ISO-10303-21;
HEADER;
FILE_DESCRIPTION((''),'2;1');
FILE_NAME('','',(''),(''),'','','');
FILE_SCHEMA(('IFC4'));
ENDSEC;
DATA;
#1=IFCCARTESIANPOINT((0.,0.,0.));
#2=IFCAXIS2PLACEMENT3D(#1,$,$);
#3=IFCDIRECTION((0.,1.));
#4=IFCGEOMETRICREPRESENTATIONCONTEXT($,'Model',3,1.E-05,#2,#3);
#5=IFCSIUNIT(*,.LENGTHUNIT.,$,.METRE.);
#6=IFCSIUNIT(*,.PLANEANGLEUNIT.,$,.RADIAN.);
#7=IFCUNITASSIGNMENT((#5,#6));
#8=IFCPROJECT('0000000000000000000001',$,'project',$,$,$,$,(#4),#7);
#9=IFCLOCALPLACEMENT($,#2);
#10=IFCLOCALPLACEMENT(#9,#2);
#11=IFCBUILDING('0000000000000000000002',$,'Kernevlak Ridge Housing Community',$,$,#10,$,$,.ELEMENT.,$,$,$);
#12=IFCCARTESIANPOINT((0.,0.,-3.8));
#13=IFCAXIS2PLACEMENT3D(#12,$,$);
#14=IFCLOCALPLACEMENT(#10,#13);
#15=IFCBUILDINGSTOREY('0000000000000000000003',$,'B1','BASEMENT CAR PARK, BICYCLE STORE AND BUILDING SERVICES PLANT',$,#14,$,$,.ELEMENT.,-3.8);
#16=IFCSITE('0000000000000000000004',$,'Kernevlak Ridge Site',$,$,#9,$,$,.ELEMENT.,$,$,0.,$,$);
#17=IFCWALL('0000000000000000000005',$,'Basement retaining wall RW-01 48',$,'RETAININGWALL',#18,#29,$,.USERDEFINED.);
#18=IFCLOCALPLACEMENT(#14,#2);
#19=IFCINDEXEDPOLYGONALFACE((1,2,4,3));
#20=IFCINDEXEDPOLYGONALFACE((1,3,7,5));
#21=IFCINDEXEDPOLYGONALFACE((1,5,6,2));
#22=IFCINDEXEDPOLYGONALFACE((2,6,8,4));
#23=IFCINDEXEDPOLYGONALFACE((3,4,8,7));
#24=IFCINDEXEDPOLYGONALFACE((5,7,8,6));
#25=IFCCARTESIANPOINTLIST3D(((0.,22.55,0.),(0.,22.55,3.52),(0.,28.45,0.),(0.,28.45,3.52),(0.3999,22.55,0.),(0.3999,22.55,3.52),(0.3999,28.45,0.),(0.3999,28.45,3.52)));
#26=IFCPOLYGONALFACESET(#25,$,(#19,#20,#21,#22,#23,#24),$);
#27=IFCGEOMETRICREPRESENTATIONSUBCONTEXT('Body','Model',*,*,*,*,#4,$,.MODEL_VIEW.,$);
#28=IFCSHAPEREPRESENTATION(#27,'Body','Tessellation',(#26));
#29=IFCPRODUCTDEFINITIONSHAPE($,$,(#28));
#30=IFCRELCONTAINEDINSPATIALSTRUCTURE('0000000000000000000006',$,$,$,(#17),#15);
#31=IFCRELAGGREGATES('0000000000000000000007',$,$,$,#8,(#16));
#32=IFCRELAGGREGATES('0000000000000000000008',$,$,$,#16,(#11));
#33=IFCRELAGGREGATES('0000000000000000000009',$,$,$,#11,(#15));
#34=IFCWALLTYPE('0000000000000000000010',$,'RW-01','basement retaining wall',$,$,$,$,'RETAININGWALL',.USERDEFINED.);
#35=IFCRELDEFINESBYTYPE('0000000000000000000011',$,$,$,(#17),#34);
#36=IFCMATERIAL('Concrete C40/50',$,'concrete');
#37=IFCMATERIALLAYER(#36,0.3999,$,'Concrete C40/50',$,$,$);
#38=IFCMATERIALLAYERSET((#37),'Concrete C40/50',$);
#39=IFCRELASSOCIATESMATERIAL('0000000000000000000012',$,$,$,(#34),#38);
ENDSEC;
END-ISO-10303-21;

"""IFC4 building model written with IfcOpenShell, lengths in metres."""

from ifc_helpers import new_model, si_unit, direction, frame, frame_2d, origin, place, context, subcontext, project, spatial, rectangle, extrude, material, layer, layer_set, type_object, element, save


model = new_model("IFC4")

# Units and contexts
model_context = context("Model", 3, precision=1e-05, world=origin(), true_north=direction((0.0, 1.0)))
body_context = subcontext(model_context, "Body", "Model", "MODEL_VIEW")
ifc_project = project(units=[si_unit("LENGTHUNIT", "METRE"), si_unit("PLANEANGLEUNIT", "RADIAN")], contexts=[model_context])

# Site, building, storey
site_placement = place(None, origin())
site = spatial("IfcSite", under=ifc_project, at=site_placement, Name="Kernevlak Ridge Site", CompositionType="ELEMENT", RefElevation=0.0)
building_placement = place(site_placement, origin())
building = spatial("IfcBuilding", under=site, at=building_placement, Name="Kernevlak Ridge Housing Community", CompositionType="ELEMENT")
storey_placement = place(building_placement, frame((0.0, 0.0, -3.8)))
storey = spatial("IfcBuildingStorey", under=building, at=storey_placement, Name="B1", Description="BASEMENT CAR PARK, BICYCLE STORE AND BUILDING SERVICES PLANT", CompositionType="ELEMENT", Elevation=-3.8)

# Shared definitions
ifc_material_1 = material(Name="Concrete C40/50", Category="concrete")

# Wall
ifc_layer_1 = layer(ifc_material_1, 0.3999, Name="Concrete C40/50")
ifc_layer_set_1 = layer_set([ifc_layer_1], Name="Concrete C40/50")
wall_type_1 = type_object("IfcWallType", Name="RW-01", Description="basement retaining wall", ElementType="RETAININGWALL", PredefinedType="USERDEFINED", material=ifc_layer_set_1)
wall_1_placement = place(storey_placement, frame((0.2, 22.55, 0.0), z_axis=(0.0, 0.0, 1.0), x_axis=(0.0, 1.0, 0.0)))
element("IfcWall", 1, at=wall_1_placement, inside=storey, type_object=wall_type_1, Name="Basement retaining wall RW-01 48", ObjectType="RETAININGWALL", PredefinedType="USERDEFINED", context=body_context, shape_type="SweptSolid", body=[
    extrude(rectangle(XDim=5.8999, YDim=0.3999, at=frame_2d((2.95, 0.0))), origin(), (0.0, 0.0, 1.0), 3.52),
])

save(model, "model.ifc")
